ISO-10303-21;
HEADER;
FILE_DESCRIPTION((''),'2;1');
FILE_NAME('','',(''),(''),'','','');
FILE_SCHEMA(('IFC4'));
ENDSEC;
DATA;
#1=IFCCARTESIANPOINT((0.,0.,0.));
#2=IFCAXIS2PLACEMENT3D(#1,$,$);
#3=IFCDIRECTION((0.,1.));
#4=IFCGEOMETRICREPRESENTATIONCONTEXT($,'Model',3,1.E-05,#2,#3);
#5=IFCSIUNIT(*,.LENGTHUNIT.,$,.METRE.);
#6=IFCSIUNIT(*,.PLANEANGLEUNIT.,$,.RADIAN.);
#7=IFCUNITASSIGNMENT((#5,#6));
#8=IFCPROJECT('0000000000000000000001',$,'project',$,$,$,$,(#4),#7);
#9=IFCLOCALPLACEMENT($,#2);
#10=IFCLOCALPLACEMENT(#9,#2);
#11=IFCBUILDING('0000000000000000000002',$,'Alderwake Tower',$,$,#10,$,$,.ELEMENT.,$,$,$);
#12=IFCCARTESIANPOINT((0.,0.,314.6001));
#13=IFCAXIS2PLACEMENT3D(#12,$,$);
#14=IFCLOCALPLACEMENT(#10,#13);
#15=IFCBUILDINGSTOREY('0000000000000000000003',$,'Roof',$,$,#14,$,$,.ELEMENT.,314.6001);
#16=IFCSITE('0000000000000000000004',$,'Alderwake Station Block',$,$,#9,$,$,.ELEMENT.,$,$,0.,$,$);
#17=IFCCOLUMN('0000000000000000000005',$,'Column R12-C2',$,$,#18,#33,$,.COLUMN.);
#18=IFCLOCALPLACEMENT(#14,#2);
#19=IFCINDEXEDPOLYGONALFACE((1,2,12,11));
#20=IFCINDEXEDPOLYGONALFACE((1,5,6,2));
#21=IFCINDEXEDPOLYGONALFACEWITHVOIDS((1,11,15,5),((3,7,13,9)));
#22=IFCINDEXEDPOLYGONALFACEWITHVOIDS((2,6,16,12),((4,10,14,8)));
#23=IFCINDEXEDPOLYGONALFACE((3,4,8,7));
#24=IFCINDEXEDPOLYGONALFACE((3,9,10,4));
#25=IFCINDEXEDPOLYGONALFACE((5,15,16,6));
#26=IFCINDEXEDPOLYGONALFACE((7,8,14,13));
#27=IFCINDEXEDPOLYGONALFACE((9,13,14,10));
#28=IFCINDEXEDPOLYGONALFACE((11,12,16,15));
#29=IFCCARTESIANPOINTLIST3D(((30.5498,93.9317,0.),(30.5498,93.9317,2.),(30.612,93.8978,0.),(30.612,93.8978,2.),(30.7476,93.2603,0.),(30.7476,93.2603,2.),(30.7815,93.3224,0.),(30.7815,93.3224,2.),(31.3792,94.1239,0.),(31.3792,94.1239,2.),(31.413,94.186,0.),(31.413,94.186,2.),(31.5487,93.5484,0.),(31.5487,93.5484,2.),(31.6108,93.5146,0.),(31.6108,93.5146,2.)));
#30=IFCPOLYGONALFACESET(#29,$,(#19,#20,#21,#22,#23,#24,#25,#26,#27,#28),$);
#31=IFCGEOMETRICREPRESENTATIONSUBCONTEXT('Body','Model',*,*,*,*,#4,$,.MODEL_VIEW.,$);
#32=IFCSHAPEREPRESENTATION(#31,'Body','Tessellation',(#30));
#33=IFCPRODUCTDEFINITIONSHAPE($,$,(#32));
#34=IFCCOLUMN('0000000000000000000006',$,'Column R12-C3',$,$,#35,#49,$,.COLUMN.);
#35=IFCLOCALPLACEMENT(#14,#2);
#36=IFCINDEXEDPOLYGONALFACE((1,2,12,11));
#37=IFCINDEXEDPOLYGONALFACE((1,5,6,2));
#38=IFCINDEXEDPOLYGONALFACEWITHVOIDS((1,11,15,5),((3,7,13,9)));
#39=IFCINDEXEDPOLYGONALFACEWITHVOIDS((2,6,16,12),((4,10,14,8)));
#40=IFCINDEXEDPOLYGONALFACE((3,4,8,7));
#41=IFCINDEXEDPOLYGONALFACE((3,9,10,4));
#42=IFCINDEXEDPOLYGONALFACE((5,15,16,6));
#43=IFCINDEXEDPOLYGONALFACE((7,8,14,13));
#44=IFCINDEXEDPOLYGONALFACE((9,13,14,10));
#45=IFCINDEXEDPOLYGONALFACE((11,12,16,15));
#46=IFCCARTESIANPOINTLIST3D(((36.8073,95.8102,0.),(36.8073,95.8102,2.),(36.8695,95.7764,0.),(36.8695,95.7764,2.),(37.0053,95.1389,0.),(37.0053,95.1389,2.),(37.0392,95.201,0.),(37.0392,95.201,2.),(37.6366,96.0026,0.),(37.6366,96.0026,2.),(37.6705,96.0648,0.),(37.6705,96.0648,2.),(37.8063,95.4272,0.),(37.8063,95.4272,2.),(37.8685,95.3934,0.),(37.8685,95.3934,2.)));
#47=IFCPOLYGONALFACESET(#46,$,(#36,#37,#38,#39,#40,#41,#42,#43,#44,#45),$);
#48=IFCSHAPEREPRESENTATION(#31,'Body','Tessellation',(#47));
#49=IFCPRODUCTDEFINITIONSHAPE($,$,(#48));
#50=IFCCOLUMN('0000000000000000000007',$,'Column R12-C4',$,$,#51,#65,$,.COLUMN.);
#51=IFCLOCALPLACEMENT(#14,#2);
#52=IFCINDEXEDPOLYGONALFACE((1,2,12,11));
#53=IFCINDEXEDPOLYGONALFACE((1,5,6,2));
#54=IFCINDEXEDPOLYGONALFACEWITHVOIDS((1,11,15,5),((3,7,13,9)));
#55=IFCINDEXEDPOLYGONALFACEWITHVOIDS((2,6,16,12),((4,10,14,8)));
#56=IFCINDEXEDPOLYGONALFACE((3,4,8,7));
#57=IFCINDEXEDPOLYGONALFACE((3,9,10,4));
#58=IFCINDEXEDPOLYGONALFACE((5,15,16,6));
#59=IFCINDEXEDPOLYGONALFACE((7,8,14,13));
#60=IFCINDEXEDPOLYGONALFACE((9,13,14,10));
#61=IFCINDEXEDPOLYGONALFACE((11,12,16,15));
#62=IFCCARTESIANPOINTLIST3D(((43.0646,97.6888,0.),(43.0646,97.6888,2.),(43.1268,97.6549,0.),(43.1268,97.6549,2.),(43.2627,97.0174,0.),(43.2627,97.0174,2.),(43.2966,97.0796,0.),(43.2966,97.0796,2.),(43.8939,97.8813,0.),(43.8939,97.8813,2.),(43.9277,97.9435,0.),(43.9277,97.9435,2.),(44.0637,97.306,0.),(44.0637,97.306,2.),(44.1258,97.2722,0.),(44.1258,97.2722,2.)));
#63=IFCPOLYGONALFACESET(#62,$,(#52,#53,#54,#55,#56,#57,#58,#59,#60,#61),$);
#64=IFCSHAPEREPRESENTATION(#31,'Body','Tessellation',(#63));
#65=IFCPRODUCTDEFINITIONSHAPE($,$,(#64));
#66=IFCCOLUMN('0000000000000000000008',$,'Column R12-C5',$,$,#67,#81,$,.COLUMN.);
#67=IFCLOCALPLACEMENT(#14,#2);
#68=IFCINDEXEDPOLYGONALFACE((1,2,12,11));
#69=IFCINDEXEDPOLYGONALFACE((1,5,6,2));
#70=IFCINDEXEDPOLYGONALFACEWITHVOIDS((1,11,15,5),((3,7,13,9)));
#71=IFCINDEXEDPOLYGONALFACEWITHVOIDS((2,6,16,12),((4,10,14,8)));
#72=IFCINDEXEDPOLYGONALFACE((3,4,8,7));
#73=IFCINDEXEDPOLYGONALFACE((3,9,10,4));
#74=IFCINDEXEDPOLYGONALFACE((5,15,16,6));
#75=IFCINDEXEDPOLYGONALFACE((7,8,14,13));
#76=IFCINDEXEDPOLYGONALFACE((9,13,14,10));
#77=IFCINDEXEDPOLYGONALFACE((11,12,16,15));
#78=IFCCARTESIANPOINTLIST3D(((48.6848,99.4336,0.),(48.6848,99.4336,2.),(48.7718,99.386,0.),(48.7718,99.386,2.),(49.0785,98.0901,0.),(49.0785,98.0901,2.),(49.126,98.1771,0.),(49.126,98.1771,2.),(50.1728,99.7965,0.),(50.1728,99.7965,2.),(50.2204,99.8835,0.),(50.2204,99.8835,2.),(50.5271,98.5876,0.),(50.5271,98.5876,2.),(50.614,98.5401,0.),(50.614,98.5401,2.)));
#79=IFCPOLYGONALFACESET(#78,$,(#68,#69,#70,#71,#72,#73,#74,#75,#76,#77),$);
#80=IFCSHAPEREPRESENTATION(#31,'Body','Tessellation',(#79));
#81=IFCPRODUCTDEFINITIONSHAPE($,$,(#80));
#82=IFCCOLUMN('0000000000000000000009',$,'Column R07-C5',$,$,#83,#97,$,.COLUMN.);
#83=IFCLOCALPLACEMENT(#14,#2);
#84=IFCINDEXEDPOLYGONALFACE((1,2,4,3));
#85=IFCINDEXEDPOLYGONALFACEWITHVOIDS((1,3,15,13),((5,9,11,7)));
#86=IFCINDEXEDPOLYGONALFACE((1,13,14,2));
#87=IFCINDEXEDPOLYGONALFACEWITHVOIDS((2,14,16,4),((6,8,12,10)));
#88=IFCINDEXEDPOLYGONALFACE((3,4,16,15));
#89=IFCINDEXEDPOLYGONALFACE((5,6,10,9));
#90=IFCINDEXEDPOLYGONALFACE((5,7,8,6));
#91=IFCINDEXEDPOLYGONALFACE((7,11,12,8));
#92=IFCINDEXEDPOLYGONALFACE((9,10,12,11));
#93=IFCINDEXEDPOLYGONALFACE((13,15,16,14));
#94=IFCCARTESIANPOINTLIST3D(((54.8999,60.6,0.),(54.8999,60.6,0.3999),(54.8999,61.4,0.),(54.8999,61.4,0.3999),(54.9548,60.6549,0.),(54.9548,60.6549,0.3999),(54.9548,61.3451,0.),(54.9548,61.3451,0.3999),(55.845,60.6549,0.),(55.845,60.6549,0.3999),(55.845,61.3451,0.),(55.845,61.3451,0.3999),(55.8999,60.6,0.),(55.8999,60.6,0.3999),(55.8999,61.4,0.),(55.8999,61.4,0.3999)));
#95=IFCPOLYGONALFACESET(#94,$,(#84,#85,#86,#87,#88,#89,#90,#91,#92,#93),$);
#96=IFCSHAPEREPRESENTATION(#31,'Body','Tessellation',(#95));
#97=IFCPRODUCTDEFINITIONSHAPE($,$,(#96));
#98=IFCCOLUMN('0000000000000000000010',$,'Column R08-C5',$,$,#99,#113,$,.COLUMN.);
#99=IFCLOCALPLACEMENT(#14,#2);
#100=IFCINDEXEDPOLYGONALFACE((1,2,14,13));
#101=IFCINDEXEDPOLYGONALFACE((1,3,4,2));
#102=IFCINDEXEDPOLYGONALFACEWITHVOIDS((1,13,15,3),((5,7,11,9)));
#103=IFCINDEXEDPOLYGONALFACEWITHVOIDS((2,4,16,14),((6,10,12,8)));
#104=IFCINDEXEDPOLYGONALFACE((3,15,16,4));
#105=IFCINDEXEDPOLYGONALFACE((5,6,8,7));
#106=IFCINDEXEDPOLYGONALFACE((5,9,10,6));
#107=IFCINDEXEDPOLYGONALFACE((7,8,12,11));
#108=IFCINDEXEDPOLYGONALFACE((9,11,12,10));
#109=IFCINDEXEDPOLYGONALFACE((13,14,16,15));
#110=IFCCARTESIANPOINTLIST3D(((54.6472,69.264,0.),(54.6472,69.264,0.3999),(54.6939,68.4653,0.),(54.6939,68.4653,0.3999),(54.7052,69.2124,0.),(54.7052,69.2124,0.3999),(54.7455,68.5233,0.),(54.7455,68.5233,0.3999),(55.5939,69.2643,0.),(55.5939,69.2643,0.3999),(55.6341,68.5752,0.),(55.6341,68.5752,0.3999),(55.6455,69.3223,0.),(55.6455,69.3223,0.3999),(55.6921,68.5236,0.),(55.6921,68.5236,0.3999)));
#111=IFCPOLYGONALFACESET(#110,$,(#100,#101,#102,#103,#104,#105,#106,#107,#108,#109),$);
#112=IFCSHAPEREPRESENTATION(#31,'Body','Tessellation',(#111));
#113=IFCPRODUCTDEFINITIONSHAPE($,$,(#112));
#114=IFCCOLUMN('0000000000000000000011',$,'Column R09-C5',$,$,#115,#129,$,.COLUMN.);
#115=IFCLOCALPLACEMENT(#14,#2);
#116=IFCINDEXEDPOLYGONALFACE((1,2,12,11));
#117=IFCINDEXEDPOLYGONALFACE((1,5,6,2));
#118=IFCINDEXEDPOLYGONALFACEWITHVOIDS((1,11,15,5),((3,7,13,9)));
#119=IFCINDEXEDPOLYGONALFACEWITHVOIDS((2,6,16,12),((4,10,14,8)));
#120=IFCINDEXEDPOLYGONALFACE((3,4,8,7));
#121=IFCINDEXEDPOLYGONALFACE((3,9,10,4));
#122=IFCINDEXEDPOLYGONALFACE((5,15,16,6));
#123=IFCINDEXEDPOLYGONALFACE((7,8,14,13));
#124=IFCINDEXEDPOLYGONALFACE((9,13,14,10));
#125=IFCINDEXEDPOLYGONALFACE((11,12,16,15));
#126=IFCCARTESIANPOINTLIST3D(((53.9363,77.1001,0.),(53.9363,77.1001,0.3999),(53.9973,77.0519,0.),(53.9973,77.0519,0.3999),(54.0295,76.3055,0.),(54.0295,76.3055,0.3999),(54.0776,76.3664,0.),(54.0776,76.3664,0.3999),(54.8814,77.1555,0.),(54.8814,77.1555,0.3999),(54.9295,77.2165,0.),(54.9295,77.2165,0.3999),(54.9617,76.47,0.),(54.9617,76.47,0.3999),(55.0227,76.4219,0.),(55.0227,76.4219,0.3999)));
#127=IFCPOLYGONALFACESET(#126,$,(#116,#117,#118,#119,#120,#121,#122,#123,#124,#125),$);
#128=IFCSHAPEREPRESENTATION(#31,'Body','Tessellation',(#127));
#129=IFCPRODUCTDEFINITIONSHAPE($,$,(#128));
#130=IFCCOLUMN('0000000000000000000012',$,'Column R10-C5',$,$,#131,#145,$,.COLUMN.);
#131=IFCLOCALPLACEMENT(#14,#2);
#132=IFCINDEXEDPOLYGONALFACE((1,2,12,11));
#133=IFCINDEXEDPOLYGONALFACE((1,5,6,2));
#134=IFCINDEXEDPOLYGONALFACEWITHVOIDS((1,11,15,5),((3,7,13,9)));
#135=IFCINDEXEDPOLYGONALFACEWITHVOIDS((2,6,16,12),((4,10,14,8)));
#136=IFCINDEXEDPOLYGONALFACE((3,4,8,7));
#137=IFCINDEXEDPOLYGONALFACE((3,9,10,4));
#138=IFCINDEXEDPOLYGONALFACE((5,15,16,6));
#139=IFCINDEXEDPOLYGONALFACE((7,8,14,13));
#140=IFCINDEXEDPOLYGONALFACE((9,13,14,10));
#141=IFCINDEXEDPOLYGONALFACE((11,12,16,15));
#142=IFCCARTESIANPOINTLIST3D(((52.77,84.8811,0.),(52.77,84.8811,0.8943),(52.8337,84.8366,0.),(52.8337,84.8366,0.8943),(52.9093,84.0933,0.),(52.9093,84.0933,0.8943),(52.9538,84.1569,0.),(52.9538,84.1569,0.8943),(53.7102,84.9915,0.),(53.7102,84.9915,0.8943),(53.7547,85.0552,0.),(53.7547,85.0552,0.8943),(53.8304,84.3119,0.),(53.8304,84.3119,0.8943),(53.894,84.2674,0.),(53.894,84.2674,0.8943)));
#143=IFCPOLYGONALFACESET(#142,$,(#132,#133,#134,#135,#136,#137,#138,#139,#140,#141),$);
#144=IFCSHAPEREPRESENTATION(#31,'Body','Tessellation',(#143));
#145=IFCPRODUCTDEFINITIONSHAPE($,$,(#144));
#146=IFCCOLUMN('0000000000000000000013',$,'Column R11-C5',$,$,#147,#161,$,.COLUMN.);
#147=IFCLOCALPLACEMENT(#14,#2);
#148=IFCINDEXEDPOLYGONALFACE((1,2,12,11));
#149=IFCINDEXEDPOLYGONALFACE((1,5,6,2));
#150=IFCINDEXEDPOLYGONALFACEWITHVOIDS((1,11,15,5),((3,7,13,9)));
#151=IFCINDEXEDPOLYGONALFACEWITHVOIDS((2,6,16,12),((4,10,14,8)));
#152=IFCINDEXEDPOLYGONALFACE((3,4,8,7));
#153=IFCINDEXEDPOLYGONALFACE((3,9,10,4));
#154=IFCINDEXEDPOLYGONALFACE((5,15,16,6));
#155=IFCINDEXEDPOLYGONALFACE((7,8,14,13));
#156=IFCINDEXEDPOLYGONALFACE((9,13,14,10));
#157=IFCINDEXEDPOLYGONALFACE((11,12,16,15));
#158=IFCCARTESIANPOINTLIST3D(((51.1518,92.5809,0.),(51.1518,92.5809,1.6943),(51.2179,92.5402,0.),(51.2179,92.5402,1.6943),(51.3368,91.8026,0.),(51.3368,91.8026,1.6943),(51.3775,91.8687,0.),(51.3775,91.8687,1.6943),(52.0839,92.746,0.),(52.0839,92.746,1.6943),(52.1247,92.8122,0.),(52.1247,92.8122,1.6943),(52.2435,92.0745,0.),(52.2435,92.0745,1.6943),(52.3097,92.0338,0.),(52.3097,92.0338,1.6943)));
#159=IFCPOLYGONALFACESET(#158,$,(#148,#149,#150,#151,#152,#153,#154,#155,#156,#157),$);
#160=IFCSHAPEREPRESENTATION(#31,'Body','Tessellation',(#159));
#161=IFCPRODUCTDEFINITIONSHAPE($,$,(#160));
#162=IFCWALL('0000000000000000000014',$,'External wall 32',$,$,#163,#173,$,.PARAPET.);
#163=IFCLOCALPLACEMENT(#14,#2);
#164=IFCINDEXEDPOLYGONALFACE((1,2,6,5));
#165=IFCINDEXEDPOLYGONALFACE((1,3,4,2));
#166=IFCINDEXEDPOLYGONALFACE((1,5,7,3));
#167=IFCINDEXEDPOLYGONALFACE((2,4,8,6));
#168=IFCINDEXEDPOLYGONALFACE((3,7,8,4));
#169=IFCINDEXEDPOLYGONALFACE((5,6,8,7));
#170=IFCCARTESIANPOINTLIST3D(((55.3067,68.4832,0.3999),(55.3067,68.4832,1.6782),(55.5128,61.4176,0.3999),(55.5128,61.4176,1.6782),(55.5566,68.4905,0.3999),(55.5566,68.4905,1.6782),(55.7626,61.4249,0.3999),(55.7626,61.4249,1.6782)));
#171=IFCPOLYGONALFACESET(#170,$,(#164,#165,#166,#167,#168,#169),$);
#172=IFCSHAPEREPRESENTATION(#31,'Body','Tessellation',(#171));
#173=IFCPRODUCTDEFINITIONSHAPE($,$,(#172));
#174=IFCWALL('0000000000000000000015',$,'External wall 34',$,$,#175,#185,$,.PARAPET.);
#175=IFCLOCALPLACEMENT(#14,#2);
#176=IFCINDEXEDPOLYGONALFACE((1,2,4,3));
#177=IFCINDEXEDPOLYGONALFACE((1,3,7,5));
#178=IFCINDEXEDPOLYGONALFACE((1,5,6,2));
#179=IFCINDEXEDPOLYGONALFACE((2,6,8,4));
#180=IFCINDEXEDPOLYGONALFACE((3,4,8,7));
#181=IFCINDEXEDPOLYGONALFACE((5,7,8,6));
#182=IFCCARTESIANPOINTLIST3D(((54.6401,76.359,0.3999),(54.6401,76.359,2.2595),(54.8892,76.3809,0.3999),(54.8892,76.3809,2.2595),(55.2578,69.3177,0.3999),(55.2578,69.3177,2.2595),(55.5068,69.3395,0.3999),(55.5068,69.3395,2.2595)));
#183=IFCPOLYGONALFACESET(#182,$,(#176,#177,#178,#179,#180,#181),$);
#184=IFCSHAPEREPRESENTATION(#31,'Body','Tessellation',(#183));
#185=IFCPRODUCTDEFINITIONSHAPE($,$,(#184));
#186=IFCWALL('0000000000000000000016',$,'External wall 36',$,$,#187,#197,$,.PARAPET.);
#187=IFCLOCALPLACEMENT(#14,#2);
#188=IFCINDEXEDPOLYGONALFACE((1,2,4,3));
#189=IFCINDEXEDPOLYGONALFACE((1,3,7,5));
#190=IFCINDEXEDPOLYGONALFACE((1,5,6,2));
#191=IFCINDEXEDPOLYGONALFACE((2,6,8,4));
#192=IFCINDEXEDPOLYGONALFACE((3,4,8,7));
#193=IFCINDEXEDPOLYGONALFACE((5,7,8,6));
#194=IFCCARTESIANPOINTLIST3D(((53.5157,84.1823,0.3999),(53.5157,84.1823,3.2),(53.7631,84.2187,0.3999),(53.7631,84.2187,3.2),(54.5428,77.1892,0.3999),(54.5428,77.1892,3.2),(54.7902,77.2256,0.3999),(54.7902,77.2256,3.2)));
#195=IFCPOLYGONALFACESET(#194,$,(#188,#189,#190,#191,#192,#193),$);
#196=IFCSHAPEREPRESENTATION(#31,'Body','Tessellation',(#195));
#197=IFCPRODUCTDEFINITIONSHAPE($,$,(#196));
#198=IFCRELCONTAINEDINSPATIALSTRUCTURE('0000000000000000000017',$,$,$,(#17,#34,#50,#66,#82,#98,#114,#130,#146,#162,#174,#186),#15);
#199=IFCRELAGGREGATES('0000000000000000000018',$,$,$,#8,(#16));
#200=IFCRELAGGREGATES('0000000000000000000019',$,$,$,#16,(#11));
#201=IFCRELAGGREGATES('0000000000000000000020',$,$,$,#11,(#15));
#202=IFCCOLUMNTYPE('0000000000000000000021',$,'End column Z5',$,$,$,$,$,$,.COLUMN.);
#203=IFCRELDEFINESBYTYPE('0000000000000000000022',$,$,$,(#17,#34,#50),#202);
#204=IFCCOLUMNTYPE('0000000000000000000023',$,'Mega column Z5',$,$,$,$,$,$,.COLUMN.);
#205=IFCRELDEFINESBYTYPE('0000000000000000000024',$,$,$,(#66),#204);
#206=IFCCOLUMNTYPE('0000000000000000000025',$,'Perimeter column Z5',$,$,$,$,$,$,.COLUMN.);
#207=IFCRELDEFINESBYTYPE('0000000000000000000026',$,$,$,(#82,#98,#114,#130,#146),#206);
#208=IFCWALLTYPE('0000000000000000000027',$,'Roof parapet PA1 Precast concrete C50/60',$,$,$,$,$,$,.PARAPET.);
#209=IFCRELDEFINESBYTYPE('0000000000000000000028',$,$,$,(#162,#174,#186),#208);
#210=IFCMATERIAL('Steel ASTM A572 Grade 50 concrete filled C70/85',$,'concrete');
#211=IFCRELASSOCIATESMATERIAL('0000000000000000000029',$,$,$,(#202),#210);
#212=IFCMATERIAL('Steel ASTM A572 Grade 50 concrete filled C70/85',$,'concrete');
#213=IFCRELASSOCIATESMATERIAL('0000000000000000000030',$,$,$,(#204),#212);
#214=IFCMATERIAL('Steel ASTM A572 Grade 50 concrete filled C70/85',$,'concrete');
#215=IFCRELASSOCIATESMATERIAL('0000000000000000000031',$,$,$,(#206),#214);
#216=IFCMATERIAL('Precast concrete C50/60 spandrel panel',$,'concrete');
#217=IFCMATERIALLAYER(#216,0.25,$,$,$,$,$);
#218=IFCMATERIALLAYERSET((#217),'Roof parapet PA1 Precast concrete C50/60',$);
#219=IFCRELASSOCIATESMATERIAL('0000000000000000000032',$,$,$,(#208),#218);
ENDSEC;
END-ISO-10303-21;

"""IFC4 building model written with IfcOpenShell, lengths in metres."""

from ifc_helpers import new_model, si_unit, direction, frame, frame_2d, origin, origin_2d, place, context, subcontext, project, spatial, rectangle, hollow_rectangle, extrude, material, layer, layer_set, material_profile, profile_set, type_object, element, save


model = new_model("IFC4")

# Units and contexts
model_context = context("Model", 3, precision=1e-05, world=origin(), true_north=direction((0.0, 1.0)))
body_context = subcontext(model_context, "Body", "Model", "MODEL_VIEW")
ifc_project = project(units=[si_unit("LENGTHUNIT", "METRE"), si_unit("PLANEANGLEUNIT", "RADIAN")], contexts=[model_context])

# Site, building, storey
site_placement = place(None, origin())
site = spatial("IfcSite", under=ifc_project, at=site_placement, Name="Alderwake Station Block", CompositionType="ELEMENT", RefElevation=0.0)
building_placement = place(site_placement, origin())
building = spatial("IfcBuilding", under=site, at=building_placement, Name="Alderwake Tower", CompositionType="ELEMENT")
storey_placement = place(building_placement, frame((0.0, 0.0, 314.6001)))
storey = spatial("IfcBuildingStorey", under=building, at=storey_placement, Name="Roof", CompositionType="ELEMENT", Elevation=314.6001)

# Columns
ifc_material_1 = material(Name="Steel ASTM A572 Grade 50 concrete filled C70/85", Category="concrete")
ifc_material_profile_1 = material_profile(ifc_material_1, hollow_rectangle(XDim=0.7, YDim=0.8999, WallThickness=0.05, at=origin_2d()), Name="BOX 900X700X50")
ifc_profile_set_1 = profile_set([ifc_material_profile_1], Name="Steel ASTM A572 Grade 50 concrete filled C70/85")
column_type_1 = type_object("IfcColumnType", Name="End column Z5", PredefinedType="COLUMN", material=ifc_profile_set_1)
for number, where, z_axis, x_axis, name in (
    (1, (31.0803, 93.7231, 0.0), (0.0, 0.0, 1.0), (-0.282583, 0.959243, 0.0), "Column R12-C2"),
    (2, (37.3379, 95.6018, 0.0), (0.0, 0.0, 1.0), (-0.282847, 0.959165, 0.0), "Column R12-C3"),
    (3, (43.5952, 97.4805, 0.0), (0.0, 0.0, 1.0), (-0.283086, 0.959094, 0.0), "Column R12-C4"),
):
    element("IfcColumn", number, at=place(storey_placement, frame(where, z_axis=z_axis, x_axis=x_axis)), inside=storey, type_object=column_type_1, Name=name, PredefinedType="COLUMN", context=body_context, shape_type="SweptSolid", body=[
        extrude(hollow_rectangle(XDim=0.7, YDim=0.8999, WallThickness=0.05, at=origin_2d()), origin(), (0.0, 0.0, 1.0), 2.0),
    ])
ifc_material_2 = material(Name="Steel ASTM A572 Grade 50 concrete filled C70/85", Category="concrete")
ifc_material_profile_2 = material_profile(ifc_material_2, hollow_rectangle(XDim=1.3999, YDim=1.6001, WallThickness=0.0701, at=origin_2d()), Name="BOX 1600X1400X70")
ifc_profile_set_2 = profile_set([ifc_material_profile_2], Name="Steel ASTM A572 Grade 50 concrete filled C70/85")
column_type_2 = type_object("IfcColumnType", Name="Mega column Z5", PredefinedType="COLUMN", material=ifc_profile_set_2)
column_1_placement = place(storey_placement, frame((49.6494, 98.9868, 0.0), z_axis=(0.0, 0.0, 1.0), x_axis=(-0.281176, 0.959656, 0.0)))
element("IfcColumn", 4, at=column_1_placement, inside=storey, type_object=column_type_2, Name="Column R12-C5", PredefinedType="COLUMN", context=body_context, shape_type="SweptSolid", body=[
    extrude(hollow_rectangle(XDim=1.3999, YDim=1.6001, WallThickness=0.0701, at=origin_2d()), origin(), (0.0, 0.0, 1.0), 2.0),
])
ifc_material_3 = material(Name="Steel ASTM A572 Grade 50 concrete filled C70/85", Category="concrete")
ifc_material_profile_3 = material_profile(ifc_material_3, hollow_rectangle(XDim=0.8, YDim=1.0, WallThickness=0.0549, at=origin_2d()), Name="BOX 1000X800X55")
ifc_profile_set_3 = profile_set([ifc_material_profile_3], Name="Steel ASTM A572 Grade 50 concrete filled C70/85")
column_type_3 = type_object("IfcColumnType", Name="Perimeter column Z5", PredefinedType="COLUMN", material=ifc_profile_set_3)
for number, where, z_axis, x_axis, name in (
    (5, (55.3999, 61.0, 0.0), (0.0, 0.0, 1.0), (0.0, 1.0, 0.0), "Column R07-C5"),
    (6, (55.1697, 68.8938, 0.0), (0.0, 0.0, 1.0), (-0.058301, 0.998299, 0.0), "Column R08-C5"),
    (7, (54.4795, 76.761, 0.0), (0.0, 0.0, 1.0), (-0.116402, 0.993202, 0.0), "Column R09-C5"),
):
    element("IfcColumn", number, at=place(storey_placement, frame(where, z_axis=z_axis, x_axis=x_axis)), inside=storey, type_object=column_type_3, Name=name, PredefinedType="COLUMN", context=body_context, shape_type="SweptSolid", body=[
        extrude(hollow_rectangle(XDim=0.8, YDim=1.0, WallThickness=0.0549, at=origin_2d()), origin(), (0.0, 0.0, 1.0), 0.3999),
    ])
column_2_placement = place(storey_placement, frame((53.332, 84.5742, 0.0), z_axis=(0.0, 0.0, 1.0), x_axis=(-0.174107, 0.984727, 0.0)))
element("IfcColumn", 8, at=column_2_placement, inside=storey, type_object=column_type_3, Name="Column R10-C5", PredefinedType="COLUMN", context=body_context, shape_type="SweptSolid", body=[
    extrude(hollow_rectangle(XDim=0.8, YDim=1.0, WallThickness=0.0549, at=origin_2d()), origin(), (0.0, 0.0, 1.0), 0.8943),
])
column_3_placement = place(storey_placement, frame((51.7307, 92.3074, 0.0), z_axis=(0.0, 0.0, 1.0), x_axis=(-0.231222, 0.972901, 0.0)))
element("IfcColumn", 9, at=column_3_placement, inside=storey, type_object=column_type_3, Name="Column R11-C5", PredefinedType="COLUMN", context=body_context, shape_type="SweptSolid", body=[
    extrude(hollow_rectangle(XDim=0.8, YDim=1.0, WallThickness=0.0549, at=origin_2d()), origin(), (0.0, 0.0, 1.0), 1.6943),
])

# Walls
ifc_material_4 = material(Name="Precast concrete C50/60 spandrel panel", Category="concrete")
ifc_layer = layer(ifc_material_4, 0.25)
ifc_layer_set = layer_set([ifc_layer], Name="Roof parapet PA1 Precast concrete C50/60")
wall_type = type_object("IfcWallType", Name="Roof parapet PA1 Precast concrete C50/60", PredefinedType="PARAPET", material=ifc_layer_set)
wall_1_placement = place(storey_placement, frame((55.6377, 61.4214, 0.3999), z_axis=(0.0, 0.0, 1.0), x_axis=(-0.02915, 0.999575, 0.0)))
element("IfcWall", 10, at=wall_1_placement, inside=storey, type_object=wall_type, Name="External wall 32", PredefinedType="PARAPET", context=body_context, shape_type="SweptSolid", body=[
    extrude(rectangle(XDim=7.0686, YDim=0.25, at=frame_2d((3.5342, 0.0))), origin(), (0.0, 0.0, 1.0), 1.2783),
])
wall_2_placement = place(storey_placement, frame((55.3823, 69.3286, 0.3999), z_axis=(0.0, 0.0, 1.0), x_axis=(-0.087387, 0.996174, 0.0)))
element("IfcWall", 11, at=wall_2_placement, inside=storey, type_object=wall_type, Name="External wall 34", PredefinedType="PARAPET", context=body_context, shape_type="SweptSolid", body=[
    extrude(rectangle(XDim=7.0684, YDim=0.25, at=frame_2d((3.5342, 0.0))), origin(), (0.0, 0.0, 1.0), 1.8596),
])
wall_3_placement = place(storey_placement, frame((54.6665, 77.2073, 0.3999), z_axis=(0.0, 0.0, 1.0), x_axis=(-0.145313, 0.989386, 0.0)))
element("IfcWall", 12, at=wall_3_placement, inside=storey, type_object=wall_type, Name="External wall 36", PredefinedType="PARAPET", context=body_context, shape_type="SweptSolid", body=[
    extrude(rectangle(XDim=7.0681, YDim=0.25, at=frame_2d((3.5342, 0.0))), origin(), (0.0, 0.0, 1.0), 2.8),
])

save(model, "model.ifc")
